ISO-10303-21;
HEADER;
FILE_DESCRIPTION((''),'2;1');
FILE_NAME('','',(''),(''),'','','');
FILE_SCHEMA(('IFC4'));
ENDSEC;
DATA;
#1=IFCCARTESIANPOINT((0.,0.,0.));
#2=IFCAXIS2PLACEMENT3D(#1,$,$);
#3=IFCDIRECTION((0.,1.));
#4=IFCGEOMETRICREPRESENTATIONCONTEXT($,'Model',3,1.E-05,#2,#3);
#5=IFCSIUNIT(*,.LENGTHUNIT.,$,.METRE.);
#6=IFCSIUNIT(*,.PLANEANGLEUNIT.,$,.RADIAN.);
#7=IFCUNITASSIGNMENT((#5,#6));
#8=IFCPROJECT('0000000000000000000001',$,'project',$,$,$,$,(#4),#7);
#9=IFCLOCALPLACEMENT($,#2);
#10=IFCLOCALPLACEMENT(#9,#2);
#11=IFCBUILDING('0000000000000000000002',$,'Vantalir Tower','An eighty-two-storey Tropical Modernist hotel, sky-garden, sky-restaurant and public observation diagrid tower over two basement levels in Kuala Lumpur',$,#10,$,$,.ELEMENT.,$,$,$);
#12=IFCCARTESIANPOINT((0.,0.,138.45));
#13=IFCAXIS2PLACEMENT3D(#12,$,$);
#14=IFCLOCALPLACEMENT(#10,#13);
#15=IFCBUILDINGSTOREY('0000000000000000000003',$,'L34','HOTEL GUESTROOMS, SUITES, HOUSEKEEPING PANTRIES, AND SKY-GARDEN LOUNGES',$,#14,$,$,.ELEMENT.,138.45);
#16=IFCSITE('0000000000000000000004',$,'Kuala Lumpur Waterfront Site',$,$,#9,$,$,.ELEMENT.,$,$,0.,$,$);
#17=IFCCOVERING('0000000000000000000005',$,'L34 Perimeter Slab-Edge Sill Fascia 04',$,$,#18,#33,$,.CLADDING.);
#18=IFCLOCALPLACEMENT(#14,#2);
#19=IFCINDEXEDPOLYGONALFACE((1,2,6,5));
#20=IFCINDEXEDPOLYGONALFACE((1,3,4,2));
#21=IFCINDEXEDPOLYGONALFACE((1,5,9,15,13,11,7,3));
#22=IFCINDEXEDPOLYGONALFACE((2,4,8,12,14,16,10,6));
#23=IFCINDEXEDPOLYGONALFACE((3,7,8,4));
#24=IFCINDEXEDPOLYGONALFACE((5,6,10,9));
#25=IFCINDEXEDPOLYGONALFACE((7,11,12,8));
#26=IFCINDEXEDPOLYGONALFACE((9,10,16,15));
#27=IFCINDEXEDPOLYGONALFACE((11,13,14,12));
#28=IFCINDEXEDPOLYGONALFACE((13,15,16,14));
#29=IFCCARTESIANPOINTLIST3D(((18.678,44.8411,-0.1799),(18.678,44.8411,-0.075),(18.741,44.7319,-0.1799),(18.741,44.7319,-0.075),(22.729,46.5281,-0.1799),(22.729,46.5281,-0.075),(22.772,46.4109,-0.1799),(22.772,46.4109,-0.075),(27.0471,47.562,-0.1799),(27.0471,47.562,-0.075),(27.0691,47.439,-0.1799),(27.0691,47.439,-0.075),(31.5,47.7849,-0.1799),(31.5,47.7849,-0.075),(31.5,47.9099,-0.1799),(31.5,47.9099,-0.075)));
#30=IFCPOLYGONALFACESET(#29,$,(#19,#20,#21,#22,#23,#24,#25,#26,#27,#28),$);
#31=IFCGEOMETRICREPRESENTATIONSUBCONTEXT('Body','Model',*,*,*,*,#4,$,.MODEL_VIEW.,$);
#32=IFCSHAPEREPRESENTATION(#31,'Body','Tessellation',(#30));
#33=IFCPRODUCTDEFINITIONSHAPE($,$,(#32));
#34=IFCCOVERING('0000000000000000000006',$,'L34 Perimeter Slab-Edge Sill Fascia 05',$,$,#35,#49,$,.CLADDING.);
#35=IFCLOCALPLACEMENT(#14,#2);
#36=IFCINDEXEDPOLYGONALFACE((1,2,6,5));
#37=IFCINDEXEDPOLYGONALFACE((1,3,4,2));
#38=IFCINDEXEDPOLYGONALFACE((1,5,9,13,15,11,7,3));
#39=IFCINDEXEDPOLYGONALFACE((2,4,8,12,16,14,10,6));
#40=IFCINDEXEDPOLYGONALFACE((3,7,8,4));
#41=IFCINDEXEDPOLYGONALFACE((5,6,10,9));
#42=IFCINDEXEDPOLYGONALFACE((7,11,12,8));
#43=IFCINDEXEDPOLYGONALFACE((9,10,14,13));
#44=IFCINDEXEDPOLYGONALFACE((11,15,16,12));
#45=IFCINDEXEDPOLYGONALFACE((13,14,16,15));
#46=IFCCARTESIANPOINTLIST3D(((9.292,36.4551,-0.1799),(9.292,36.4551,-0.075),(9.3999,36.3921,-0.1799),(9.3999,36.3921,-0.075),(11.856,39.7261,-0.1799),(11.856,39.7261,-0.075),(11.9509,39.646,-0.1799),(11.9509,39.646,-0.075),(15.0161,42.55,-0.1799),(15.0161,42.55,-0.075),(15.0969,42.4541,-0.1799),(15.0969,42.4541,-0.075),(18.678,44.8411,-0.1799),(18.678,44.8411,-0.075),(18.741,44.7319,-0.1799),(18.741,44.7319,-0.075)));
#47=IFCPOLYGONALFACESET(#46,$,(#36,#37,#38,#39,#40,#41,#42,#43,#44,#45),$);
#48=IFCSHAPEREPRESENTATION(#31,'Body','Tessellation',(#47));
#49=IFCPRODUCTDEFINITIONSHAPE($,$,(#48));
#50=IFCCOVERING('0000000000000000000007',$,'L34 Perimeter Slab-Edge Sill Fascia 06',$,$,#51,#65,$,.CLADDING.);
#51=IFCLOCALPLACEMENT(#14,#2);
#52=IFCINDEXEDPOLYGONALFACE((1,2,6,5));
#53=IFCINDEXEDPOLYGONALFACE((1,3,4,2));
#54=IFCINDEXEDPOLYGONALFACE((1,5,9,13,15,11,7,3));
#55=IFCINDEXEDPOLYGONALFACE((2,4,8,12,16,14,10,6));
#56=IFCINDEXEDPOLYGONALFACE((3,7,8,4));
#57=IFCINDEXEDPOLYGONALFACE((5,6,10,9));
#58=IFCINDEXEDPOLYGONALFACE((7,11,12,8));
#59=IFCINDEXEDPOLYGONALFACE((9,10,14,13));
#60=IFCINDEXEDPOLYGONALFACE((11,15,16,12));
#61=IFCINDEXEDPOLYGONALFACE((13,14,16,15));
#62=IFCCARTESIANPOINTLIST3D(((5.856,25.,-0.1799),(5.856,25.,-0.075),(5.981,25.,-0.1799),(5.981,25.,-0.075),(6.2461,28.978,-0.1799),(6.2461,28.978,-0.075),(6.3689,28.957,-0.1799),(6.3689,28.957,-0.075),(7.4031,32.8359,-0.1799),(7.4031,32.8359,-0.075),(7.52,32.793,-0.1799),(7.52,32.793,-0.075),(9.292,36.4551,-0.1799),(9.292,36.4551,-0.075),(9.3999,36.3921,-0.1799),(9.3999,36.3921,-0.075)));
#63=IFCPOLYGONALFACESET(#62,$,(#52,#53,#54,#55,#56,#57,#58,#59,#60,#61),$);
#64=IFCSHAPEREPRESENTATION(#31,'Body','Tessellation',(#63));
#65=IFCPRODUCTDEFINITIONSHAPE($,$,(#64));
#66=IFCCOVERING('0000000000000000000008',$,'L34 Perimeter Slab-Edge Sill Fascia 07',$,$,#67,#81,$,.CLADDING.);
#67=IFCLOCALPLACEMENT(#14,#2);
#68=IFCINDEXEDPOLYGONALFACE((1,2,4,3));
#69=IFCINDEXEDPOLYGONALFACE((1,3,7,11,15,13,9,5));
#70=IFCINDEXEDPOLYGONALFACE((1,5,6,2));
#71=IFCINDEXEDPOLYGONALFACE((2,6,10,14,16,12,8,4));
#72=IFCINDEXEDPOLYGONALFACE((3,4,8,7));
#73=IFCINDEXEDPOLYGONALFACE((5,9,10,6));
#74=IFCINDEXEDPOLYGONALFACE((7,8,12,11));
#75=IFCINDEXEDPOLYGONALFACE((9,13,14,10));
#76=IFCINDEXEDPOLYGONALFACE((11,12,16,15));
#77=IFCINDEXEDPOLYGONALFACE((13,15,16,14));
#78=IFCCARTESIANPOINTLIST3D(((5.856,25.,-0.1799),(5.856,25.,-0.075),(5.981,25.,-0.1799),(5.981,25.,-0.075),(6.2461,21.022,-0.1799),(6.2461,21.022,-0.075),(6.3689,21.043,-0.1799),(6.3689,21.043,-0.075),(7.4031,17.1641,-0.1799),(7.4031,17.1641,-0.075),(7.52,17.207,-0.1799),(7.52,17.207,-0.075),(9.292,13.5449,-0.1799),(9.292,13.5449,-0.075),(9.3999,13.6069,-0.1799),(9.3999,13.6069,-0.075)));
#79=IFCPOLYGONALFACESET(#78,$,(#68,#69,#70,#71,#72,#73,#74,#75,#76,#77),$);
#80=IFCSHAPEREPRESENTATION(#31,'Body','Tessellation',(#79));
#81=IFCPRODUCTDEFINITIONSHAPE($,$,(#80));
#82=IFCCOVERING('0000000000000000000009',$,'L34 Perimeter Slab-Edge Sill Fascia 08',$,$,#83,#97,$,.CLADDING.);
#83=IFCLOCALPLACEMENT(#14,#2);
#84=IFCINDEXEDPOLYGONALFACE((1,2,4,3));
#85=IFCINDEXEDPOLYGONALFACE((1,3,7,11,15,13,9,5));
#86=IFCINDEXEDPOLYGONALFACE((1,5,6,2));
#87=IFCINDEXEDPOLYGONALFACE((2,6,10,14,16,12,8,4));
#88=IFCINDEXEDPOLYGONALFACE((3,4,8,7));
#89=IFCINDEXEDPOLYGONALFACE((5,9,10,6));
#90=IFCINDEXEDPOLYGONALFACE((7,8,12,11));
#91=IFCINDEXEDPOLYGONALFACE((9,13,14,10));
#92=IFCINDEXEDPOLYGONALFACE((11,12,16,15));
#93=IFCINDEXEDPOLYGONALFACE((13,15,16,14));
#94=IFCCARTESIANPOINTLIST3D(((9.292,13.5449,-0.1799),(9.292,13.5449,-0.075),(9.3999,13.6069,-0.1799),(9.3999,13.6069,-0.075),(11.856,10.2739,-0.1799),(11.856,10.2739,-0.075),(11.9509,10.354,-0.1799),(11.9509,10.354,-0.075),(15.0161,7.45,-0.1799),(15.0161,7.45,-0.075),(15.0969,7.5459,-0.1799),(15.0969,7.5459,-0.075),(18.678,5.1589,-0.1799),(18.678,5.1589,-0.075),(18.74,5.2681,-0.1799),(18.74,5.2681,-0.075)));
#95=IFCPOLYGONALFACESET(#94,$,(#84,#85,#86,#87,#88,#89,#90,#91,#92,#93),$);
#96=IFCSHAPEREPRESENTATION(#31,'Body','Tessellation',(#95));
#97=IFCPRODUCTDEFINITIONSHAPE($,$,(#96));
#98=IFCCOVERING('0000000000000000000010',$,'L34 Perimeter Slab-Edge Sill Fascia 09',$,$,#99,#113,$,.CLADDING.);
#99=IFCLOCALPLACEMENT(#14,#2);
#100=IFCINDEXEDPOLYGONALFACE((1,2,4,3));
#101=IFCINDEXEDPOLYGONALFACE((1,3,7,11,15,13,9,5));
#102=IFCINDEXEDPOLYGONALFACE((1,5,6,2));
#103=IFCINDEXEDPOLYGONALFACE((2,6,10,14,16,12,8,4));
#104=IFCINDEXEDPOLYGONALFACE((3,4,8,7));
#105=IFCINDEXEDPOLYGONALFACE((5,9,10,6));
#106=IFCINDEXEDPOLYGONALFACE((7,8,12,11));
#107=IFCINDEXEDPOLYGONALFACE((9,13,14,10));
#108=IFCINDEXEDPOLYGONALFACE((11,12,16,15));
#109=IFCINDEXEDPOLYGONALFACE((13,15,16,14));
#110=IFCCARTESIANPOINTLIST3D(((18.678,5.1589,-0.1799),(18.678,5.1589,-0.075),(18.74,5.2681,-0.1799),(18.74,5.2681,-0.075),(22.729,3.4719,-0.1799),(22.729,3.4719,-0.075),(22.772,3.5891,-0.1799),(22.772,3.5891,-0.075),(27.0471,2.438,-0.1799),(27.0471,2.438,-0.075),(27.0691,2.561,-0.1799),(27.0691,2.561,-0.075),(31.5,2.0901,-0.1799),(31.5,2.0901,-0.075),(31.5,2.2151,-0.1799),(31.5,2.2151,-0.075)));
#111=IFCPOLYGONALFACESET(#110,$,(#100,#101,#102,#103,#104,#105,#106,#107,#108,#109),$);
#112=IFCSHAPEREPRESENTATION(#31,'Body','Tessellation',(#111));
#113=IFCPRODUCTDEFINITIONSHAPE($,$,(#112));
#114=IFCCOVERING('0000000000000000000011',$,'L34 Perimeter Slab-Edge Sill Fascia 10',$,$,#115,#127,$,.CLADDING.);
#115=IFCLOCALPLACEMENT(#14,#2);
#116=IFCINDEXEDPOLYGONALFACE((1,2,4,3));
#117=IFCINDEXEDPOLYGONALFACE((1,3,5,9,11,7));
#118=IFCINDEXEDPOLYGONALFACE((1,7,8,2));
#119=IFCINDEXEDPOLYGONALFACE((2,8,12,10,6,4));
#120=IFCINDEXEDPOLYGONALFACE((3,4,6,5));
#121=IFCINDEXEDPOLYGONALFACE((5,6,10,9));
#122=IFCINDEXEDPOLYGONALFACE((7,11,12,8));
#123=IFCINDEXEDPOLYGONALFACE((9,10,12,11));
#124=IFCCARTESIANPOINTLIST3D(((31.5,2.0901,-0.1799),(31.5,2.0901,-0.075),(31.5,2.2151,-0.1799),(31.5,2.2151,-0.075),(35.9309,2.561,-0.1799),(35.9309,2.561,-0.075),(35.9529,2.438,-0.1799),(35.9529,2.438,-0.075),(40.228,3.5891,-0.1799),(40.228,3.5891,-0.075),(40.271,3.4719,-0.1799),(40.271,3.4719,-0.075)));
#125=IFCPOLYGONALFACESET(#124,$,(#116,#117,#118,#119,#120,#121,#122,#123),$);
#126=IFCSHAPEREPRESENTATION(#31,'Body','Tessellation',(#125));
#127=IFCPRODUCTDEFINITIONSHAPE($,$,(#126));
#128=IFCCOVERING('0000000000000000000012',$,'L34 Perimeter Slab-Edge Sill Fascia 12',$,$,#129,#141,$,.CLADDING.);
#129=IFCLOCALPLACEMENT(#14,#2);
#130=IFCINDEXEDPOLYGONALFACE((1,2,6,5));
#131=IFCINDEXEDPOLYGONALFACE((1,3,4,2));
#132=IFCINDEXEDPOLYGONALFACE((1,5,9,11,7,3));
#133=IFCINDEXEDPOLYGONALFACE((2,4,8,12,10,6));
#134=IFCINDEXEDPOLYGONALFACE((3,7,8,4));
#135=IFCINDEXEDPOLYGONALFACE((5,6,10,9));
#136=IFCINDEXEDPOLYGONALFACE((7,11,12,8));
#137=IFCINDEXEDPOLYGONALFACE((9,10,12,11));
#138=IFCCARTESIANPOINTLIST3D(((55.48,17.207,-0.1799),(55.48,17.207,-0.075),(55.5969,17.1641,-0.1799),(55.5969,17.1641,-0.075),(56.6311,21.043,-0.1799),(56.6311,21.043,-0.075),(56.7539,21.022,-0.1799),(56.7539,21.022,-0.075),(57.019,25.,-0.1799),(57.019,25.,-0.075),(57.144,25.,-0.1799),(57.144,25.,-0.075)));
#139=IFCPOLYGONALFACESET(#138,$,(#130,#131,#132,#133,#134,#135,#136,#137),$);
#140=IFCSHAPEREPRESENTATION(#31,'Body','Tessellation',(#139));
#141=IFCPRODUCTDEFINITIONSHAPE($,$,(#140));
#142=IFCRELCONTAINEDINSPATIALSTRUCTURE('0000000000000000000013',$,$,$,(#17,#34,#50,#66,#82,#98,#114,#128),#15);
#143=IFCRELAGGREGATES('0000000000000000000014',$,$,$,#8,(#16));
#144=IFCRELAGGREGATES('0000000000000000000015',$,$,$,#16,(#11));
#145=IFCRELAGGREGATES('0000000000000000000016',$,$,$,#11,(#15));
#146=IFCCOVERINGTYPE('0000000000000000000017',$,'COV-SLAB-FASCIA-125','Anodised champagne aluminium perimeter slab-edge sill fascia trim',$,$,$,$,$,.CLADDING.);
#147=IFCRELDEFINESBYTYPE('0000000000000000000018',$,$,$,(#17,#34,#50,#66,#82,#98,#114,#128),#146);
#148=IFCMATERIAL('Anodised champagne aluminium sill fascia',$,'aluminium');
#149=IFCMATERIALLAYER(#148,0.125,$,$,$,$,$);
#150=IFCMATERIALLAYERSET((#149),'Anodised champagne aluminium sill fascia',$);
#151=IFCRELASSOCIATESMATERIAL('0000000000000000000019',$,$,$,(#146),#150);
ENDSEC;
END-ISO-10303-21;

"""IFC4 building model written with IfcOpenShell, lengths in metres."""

from ifc_helpers import new_model, si_unit, direction, frame, origin, place, context, subcontext, project, spatial, polyline, outline, extrude, material, layer, layer_set, type_object, element, save


model = new_model("IFC4")

# Units and contexts
model_context = context("Model", 3, precision=1e-05, world=origin(), true_north=direction((0.0, 1.0)))
body_context = subcontext(model_context, "Body", "Model", "MODEL_VIEW")
ifc_project = project(units=[si_unit("LENGTHUNIT", "METRE"), si_unit("PLANEANGLEUNIT", "RADIAN")], contexts=[model_context])

# Site, building, storey
site_placement = place(None, origin())
site = spatial("IfcSite", under=ifc_project, at=site_placement, Name="Kuala Lumpur Waterfront Site", CompositionType="ELEMENT", RefElevation=0.0)
building_placement = place(site_placement, origin())
building = spatial("IfcBuilding", under=site, at=building_placement, Name="Vantalir Tower", Description="An eighty-two-storey Tropical Modernist hotel, sky-garden, sky-restaurant and public observation diagrid tower over two basement levels in Kuala Lumpur", CompositionType="ELEMENT")
storey_placement = place(building_placement, frame((0.0, 0.0, 138.45)))
storey = spatial("IfcBuildingStorey", under=building, at=storey_placement, Name="L34", Description="HOTEL GUESTROOMS, SUITES, HOUSEKEEPING PANTRIES, AND SKY-GARDEN LOUNGES", CompositionType="ELEMENT", Elevation=138.45)

# Coverings
ifc_material_1 = material(Name="Anodised champagne aluminium sill fascia", Category="aluminium")
ifc_layer_1 = layer(ifc_material_1, 0.125)
ifc_layer_set_1 = layer_set([ifc_layer_1], Name="Anodised champagne aluminium sill fascia")
covering_type = type_object("IfcCoveringType", Name="COV-SLAB-FASCIA-125", Description="Anodised champagne aluminium perimeter slab-edge sill fascia trim", PredefinedType="CLADDING", material=ifc_layer_set_1)
covering_1_placement = place(storey_placement, frame((0.0, 0.0, -0.1799)))
element("IfcCovering", 1, at=covering_1_placement, inside=storey, type_object=covering_type, Name="L34 Perimeter Slab-Edge Sill Fascia 04", PredefinedType="CLADDING", context=body_context, shape_type="SweptSolid", body=[
    extrude(outline(polyline([(31.5, 47.9099), (27.0471, 47.562), (22.729, 46.5281), (18.678, 44.8411), (18.741, 44.7319), (22.772, 46.4109), (27.0691, 47.439), (31.5, 47.7849), (31.5, 47.9099)])), origin(), (0.0, 0.0, 1.0), 0.105),
])
covering_2_placement = place(storey_placement, frame((0.0, 0.0, -0.1799)))
element("IfcCovering", 2, at=covering_2_placement, inside=storey, type_object=covering_type, Name="L34 Perimeter Slab-Edge Sill Fascia 05", PredefinedType="CLADDING", context=body_context, shape_type="SweptSolid", body=[
    extrude(outline(polyline([(18.678, 44.8411), (15.0161, 42.55), (11.856, 39.7261), (9.292, 36.4551), (9.3999, 36.3921), (11.9509, 39.646), (15.0969, 42.4541), (18.741, 44.7319), (18.678, 44.8411)])), origin(), (0.0, 0.0, 1.0), 0.105),
])
covering_3_placement = place(storey_placement, frame((0.0, 0.0, -0.1799)))
element("IfcCovering", 3, at=covering_3_placement, inside=storey, type_object=covering_type, Name="L34 Perimeter Slab-Edge Sill Fascia 06", PredefinedType="CLADDING", context=body_context, shape_type="SweptSolid", body=[
    extrude(outline(polyline([(9.292, 36.4551), (7.4031, 32.8359), (6.2461, 28.978), (5.856, 25.0), (5.981, 25.0), (6.3689, 28.957), (7.52, 32.793), (9.3999, 36.3921), (9.292, 36.4551)])), origin(), (0.0, 0.0, 1.0), 0.105),
])
covering_4_placement = place(storey_placement, frame((0.0, 0.0, -0.1799)))
element("IfcCovering", 4, at=covering_4_placement, inside=storey, type_object=covering_type, Name="L34 Perimeter Slab-Edge Sill Fascia 07", PredefinedType="CLADDING", context=body_context, shape_type="SweptSolid", body=[
    extrude(outline(polyline([(5.856, 25.0), (6.2461, 21.022), (7.4031, 17.1641), (9.292, 13.5449), (9.3999, 13.6069), (7.52, 17.207), (6.3689, 21.043), (5.981, 25.0), (5.856, 25.0)])), origin(), (0.0, 0.0, 1.0), 0.105),
])
covering_5_placement = place(storey_placement, frame((0.0, 0.0, -0.1799)))
element("IfcCovering", 5, at=covering_5_placement, inside=storey, type_object=covering_type, Name="L34 Perimeter Slab-Edge Sill Fascia 08", PredefinedType="CLADDING", context=body_context, shape_type="SweptSolid", body=[
    extrude(outline(polyline([(9.292, 13.5449), (11.856, 10.2739), (15.0161, 7.45), (18.678, 5.1589), (18.74, 5.2681), (15.0969, 7.5459), (11.9509, 10.354), (9.3999, 13.6069), (9.292, 13.5449)])), origin(), (0.0, 0.0, 1.0), 0.105),
])
covering_6_placement = place(storey_placement, frame((0.0, 0.0, -0.1799)))
element("IfcCovering", 6, at=covering_6_placement, inside=storey, type_object=covering_type, Name="L34 Perimeter Slab-Edge Sill Fascia 09", PredefinedType="CLADDING", context=body_context, shape_type="SweptSolid", body=[
    extrude(outline(polyline([(18.678, 5.1589), (22.729, 3.4719), (27.0471, 2.438), (31.5, 2.0901), (31.5, 2.2151), (27.0691, 2.561), (22.772, 3.5891), (18.74, 5.2681), (18.678, 5.1589)])), origin(), (0.0, 0.0, 1.0), 0.105),
])
covering_7_placement = place(storey_placement, frame((0.0, 0.0, -0.1799)))
element("IfcCovering", 7, at=covering_7_placement, inside=storey, type_object=covering_type, Name="L34 Perimeter Slab-Edge Sill Fascia 10", PredefinedType="CLADDING", context=body_context, shape_type="SweptSolid", body=[
    extrude(outline(polyline([(31.5, 2.0901), (35.9529, 2.438), (40.271, 3.4719), (40.228, 3.5891), (35.9309, 2.561), (31.5, 2.2151), (31.5, 2.0901)])), origin(), (0.0, 0.0, 1.0), 0.105),
])
covering_8_placement = place(storey_placement, frame((0.0, 0.0, -0.1799)))
element("IfcCovering", 8, at=covering_8_placement, inside=storey, type_object=covering_type, Name="L34 Perimeter Slab-Edge Sill Fascia 12", PredefinedType="CLADDING", context=body_context, shape_type="SweptSolid", body=[
    extrude(outline(polyline([(55.5969, 17.1641), (56.7539, 21.022), (57.144, 25.0), (57.019, 25.0), (56.6311, 21.043), (55.48, 17.207), (55.5969, 17.1641)])), origin(), (0.0, 0.0, 1.0), 0.105),
])

save(model, "model.ifc")
